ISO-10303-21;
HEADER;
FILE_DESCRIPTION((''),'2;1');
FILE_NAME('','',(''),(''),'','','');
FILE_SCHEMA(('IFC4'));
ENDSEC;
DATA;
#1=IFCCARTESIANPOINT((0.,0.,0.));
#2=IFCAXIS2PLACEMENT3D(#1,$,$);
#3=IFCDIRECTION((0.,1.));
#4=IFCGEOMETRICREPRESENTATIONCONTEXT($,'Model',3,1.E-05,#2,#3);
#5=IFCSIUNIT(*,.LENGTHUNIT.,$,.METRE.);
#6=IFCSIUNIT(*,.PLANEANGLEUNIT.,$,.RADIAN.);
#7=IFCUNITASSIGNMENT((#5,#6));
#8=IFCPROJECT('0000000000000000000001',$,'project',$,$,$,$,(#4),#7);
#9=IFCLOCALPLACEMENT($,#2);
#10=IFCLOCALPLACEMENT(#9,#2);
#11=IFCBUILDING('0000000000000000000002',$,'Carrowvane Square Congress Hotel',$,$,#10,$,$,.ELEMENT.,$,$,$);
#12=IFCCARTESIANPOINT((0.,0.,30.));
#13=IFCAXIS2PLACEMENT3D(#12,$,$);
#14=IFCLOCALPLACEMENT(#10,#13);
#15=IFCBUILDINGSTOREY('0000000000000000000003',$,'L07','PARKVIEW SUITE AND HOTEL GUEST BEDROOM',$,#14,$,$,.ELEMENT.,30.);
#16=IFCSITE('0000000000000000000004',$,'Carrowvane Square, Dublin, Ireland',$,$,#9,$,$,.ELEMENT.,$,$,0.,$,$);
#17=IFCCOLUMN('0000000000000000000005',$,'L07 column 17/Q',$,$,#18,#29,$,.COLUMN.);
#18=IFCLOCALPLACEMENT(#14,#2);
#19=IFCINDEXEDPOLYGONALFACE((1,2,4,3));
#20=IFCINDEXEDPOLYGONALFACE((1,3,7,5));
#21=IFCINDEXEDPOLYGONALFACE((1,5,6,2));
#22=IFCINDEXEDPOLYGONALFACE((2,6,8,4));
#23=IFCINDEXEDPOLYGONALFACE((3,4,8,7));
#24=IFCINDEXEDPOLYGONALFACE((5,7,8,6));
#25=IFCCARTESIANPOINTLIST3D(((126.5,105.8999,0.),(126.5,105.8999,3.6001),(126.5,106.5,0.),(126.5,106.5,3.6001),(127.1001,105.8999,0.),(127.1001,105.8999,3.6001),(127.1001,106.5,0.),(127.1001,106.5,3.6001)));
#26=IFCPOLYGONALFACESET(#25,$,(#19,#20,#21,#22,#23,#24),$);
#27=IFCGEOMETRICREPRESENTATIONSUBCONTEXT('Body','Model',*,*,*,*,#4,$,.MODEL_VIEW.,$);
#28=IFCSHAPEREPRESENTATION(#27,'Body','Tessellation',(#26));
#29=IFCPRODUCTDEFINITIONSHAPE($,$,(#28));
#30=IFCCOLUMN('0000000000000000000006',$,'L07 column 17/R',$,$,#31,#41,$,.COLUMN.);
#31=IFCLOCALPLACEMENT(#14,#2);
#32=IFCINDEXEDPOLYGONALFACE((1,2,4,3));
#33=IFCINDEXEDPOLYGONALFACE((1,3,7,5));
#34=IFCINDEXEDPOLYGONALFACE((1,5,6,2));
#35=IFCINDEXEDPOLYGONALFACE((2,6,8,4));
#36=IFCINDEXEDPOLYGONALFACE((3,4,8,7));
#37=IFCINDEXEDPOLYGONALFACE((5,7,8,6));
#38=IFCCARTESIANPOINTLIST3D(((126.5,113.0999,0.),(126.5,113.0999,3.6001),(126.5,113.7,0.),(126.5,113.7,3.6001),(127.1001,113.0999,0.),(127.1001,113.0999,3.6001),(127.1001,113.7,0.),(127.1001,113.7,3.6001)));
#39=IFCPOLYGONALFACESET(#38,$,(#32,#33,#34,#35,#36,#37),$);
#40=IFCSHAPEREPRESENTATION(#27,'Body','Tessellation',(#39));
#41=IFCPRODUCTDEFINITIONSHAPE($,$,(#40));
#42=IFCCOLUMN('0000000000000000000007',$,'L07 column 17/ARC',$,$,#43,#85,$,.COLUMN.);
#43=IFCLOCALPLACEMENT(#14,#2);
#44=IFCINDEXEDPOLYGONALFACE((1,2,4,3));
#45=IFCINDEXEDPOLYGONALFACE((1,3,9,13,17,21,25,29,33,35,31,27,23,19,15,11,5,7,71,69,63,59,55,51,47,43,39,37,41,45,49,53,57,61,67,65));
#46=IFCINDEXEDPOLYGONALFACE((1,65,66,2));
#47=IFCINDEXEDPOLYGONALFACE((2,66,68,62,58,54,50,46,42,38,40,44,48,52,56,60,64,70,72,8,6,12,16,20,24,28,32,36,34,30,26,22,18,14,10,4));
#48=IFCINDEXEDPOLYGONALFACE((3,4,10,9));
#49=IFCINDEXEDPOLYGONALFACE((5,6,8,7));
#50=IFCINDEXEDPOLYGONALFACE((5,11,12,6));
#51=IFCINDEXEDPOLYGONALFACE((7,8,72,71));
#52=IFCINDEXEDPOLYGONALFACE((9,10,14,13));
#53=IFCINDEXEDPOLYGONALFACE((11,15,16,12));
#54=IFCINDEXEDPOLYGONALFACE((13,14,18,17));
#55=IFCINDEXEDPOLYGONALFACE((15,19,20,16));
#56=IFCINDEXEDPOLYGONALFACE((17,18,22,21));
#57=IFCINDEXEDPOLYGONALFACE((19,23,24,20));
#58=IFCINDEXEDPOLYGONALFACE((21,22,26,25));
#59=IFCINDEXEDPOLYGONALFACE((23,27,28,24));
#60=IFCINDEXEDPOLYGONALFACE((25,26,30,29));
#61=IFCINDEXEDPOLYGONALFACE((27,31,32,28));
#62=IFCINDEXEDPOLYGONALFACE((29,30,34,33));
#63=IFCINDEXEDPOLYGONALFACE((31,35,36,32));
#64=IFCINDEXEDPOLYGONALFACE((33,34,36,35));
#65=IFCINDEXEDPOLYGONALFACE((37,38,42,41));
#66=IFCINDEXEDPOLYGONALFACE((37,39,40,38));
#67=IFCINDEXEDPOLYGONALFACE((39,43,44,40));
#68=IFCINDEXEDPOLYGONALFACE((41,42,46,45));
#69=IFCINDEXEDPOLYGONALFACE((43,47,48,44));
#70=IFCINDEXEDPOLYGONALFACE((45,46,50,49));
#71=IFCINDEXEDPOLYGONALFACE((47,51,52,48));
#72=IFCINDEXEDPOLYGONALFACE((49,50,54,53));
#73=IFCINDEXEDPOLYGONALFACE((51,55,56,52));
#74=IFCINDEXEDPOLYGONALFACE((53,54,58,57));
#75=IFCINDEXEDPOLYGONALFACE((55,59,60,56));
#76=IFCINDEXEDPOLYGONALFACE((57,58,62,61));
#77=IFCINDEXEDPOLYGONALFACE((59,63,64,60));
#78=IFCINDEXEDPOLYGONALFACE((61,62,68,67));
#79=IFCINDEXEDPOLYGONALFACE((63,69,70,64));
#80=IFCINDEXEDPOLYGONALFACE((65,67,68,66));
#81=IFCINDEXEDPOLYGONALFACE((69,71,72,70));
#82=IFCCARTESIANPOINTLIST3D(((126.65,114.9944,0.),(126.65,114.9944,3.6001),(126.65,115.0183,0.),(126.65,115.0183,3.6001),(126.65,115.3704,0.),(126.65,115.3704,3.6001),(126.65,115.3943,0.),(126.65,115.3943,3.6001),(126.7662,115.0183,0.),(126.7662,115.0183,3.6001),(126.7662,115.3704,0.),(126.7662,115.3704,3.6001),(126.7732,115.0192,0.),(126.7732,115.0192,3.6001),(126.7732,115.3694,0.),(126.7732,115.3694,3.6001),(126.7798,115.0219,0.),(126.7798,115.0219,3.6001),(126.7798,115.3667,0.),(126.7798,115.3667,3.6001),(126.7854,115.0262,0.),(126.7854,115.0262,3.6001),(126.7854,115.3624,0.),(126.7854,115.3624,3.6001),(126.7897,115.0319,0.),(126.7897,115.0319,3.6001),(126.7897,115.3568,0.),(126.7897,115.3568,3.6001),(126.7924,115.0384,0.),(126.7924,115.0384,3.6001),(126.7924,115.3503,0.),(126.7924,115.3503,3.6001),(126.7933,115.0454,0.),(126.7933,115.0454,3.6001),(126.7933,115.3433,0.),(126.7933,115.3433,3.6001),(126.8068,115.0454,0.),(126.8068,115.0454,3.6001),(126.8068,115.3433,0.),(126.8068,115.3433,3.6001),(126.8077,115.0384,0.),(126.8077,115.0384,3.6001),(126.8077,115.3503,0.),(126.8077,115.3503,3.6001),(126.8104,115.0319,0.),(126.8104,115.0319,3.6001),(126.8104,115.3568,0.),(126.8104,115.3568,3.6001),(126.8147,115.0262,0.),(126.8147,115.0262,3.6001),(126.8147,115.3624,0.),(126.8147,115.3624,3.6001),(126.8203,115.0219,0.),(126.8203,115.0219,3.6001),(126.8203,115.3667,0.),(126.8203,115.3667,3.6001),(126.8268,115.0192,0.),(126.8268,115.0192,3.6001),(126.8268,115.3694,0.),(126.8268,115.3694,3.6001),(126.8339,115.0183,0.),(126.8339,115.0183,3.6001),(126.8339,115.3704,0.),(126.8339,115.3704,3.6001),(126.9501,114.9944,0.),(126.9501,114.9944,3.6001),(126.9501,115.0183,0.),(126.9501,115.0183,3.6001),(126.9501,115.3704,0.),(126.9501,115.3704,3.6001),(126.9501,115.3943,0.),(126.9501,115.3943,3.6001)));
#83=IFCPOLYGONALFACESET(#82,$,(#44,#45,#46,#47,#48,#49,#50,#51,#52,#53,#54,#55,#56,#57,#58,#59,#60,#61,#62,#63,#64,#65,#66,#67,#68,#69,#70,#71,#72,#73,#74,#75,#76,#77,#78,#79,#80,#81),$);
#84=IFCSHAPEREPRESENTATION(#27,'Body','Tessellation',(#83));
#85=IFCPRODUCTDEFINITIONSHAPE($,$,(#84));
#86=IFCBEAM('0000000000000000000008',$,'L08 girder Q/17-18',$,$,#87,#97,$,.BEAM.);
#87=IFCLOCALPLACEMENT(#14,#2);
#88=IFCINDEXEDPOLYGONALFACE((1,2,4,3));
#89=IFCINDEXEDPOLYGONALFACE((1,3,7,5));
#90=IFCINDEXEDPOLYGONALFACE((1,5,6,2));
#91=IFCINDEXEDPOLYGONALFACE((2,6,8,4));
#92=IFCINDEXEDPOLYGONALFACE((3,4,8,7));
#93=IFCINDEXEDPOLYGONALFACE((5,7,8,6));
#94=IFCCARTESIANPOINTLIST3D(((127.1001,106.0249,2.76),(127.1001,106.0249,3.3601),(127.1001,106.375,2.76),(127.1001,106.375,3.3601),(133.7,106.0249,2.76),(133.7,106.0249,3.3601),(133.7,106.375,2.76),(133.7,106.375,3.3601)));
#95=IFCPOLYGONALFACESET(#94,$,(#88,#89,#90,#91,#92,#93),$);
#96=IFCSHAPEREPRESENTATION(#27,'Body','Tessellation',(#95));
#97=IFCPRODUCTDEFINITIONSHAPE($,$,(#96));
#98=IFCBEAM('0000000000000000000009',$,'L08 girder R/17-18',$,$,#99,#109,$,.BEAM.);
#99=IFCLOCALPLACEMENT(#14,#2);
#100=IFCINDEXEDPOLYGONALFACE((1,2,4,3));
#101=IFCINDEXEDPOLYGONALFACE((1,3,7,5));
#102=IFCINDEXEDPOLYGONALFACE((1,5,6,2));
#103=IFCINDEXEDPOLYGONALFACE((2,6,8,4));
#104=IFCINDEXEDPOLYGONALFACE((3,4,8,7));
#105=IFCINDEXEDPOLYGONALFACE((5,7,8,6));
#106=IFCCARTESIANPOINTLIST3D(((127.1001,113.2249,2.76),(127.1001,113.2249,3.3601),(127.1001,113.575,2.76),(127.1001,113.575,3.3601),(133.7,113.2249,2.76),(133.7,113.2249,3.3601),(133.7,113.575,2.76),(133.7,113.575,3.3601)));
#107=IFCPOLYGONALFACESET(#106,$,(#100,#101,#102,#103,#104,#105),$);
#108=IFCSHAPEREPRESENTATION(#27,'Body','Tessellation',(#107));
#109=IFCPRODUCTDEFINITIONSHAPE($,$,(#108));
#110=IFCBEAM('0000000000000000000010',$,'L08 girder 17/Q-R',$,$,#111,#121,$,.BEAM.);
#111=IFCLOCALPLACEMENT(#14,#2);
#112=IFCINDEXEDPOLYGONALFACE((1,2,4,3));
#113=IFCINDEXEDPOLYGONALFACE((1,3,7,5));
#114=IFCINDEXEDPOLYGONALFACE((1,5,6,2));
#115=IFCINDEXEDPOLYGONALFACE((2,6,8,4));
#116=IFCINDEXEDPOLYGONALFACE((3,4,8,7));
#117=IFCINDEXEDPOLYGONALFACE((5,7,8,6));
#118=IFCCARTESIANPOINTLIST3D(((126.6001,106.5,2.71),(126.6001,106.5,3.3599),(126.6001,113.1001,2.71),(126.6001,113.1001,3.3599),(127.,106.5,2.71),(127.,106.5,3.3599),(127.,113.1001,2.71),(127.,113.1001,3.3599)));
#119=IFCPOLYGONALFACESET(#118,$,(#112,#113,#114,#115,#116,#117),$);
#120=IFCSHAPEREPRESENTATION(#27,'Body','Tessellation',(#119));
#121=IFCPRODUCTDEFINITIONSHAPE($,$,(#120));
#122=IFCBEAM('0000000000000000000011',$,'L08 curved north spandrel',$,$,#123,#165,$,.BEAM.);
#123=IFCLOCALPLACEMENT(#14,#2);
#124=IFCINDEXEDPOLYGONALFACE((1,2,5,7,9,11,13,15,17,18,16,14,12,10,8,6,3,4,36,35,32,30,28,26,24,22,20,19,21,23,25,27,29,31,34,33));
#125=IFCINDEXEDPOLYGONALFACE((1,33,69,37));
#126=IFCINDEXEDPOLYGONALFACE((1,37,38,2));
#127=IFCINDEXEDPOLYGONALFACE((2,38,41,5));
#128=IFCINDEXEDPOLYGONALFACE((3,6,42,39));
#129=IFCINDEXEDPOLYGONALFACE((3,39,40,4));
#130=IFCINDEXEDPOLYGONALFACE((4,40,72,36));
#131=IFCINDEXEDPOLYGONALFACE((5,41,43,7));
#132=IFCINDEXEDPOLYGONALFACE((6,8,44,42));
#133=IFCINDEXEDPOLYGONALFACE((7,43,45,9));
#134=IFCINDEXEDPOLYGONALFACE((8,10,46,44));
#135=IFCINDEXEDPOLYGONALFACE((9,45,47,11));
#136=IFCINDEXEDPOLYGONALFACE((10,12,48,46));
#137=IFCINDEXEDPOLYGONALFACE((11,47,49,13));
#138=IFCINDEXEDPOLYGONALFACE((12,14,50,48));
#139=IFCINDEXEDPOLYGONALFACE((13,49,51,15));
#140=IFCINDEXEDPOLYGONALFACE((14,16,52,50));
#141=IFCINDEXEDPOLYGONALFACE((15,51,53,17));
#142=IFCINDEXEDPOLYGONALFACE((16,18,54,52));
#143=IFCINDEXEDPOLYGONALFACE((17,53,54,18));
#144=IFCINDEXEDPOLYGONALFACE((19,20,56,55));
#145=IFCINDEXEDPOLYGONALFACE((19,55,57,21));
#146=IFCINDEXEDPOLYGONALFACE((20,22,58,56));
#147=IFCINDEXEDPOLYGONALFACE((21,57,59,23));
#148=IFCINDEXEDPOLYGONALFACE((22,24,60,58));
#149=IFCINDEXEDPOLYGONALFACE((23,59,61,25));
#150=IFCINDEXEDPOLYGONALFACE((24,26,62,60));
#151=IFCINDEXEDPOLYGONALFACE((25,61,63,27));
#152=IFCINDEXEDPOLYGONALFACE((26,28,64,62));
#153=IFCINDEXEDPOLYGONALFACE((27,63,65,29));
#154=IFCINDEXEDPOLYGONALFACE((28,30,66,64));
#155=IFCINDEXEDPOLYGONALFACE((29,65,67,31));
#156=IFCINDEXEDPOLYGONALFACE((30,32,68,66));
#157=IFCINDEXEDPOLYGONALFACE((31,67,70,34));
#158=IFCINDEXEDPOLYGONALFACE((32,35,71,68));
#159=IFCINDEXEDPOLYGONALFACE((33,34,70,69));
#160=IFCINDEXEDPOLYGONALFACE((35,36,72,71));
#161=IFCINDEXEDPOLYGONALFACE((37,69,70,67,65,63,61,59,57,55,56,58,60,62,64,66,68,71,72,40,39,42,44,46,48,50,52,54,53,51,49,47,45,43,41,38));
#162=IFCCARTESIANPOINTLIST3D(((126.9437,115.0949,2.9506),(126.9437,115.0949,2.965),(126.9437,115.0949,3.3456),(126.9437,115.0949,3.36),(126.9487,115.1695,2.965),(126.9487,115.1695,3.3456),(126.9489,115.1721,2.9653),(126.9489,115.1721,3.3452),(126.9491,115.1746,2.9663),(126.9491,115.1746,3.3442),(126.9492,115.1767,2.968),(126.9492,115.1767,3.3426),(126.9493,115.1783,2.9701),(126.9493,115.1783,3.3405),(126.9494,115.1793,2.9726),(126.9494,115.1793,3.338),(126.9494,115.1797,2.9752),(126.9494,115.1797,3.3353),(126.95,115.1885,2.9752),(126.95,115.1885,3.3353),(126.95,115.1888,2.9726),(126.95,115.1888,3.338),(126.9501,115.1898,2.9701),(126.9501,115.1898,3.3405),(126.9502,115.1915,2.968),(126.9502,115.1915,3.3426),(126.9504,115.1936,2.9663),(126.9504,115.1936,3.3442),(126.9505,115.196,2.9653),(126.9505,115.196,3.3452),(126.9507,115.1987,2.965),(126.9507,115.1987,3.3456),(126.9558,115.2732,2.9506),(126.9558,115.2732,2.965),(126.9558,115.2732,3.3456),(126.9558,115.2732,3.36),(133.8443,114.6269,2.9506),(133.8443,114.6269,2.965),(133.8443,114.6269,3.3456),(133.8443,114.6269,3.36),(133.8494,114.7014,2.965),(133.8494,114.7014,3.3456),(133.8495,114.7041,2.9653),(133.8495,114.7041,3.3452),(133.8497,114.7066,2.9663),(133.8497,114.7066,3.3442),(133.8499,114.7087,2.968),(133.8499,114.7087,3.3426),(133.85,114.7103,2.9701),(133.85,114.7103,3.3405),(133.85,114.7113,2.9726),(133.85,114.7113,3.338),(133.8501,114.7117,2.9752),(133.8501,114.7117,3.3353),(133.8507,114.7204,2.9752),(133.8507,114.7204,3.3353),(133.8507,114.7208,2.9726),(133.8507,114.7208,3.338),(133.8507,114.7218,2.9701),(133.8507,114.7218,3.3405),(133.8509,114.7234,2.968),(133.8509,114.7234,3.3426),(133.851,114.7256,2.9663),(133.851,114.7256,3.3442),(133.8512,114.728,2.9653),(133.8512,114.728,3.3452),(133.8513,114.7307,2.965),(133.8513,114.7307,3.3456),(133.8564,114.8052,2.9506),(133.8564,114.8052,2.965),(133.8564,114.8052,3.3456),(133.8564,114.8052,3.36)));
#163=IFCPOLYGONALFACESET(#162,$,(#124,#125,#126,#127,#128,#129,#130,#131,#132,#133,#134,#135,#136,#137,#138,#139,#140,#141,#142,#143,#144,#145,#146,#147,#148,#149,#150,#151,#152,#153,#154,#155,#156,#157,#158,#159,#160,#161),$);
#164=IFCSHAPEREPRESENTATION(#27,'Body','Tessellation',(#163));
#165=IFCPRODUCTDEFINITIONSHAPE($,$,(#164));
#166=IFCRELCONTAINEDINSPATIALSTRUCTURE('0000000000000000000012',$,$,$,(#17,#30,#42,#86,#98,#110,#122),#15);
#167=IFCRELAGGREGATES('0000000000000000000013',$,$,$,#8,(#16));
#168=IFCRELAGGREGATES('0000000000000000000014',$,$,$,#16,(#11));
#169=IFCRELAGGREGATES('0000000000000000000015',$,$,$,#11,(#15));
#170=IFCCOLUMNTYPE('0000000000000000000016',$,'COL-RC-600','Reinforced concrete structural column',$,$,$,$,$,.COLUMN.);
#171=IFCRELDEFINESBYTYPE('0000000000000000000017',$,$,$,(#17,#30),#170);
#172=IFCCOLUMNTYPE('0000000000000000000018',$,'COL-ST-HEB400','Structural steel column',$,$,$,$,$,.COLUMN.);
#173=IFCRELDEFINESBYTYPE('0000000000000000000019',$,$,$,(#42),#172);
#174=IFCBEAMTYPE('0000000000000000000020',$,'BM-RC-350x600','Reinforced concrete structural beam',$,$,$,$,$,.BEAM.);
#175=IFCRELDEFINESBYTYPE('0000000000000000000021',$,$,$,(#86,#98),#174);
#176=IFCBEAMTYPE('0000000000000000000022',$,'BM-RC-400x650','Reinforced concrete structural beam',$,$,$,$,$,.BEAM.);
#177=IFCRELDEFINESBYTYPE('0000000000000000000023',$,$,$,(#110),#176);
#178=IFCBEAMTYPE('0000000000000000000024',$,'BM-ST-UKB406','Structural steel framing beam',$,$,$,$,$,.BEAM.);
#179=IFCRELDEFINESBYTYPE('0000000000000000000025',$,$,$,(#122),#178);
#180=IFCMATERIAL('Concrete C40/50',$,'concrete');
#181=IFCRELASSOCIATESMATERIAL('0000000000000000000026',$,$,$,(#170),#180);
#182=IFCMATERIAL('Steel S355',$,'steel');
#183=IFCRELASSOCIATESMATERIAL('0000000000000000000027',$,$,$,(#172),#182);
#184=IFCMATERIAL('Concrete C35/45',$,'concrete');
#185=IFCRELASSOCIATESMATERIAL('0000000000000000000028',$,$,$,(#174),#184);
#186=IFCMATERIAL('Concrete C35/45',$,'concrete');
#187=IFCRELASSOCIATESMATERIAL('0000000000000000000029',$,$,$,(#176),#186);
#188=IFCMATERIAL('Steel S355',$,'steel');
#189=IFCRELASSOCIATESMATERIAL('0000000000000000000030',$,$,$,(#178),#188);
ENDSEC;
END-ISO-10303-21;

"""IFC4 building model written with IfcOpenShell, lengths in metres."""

from ifc_helpers import new_model, si_unit, direction, frame, origin, origin_2d, place, context, subcontext, project, spatial, rectangle, i_section, extrude, material, material_profile, profile_set, type_object, element, save


model = new_model("IFC4")

# Units and contexts
model_context = context("Model", 3, precision=1e-05, world=origin(), true_north=direction((0.0, 1.0)))
body_context = subcontext(model_context, "Body", "Model", "MODEL_VIEW")
ifc_project = project(units=[si_unit("LENGTHUNIT", "METRE"), si_unit("PLANEANGLEUNIT", "RADIAN")], contexts=[model_context])

# Site, building, storey
site_placement = place(None, origin())
site = spatial("IfcSite", under=ifc_project, at=site_placement, Name="Carrowvane Square, Dublin, Ireland", CompositionType="ELEMENT", RefElevation=0.0)
building_placement = place(site_placement, origin())
building = spatial("IfcBuilding", under=site, at=building_placement, Name="Carrowvane Square Congress Hotel", CompositionType="ELEMENT")
storey_placement = place(building_placement, frame((0.0, 0.0, 30.0)))
storey = spatial("IfcBuildingStorey", under=building, at=storey_placement, Name="L07", Description="PARKVIEW SUITE AND HOTEL GUEST BEDROOM", CompositionType="ELEMENT", Elevation=30.0)

# Columns
ifc_material_1 = material(Name="Concrete C40/50", Category="concrete")
ifc_material_profile_1 = material_profile(ifc_material_1, rectangle(XDim=0.6001, YDim=0.6001, at=origin_2d()), Name="RC 600x600")
ifc_profile_set_1 = profile_set([ifc_material_profile_1], Name="Concrete C40/50")
column_type_1 = type_object("IfcColumnType", Name="COL-RC-600", Description="Reinforced concrete structural column", PredefinedType="COLUMN", material=ifc_profile_set_1)
for number, where, z_axis, x_axis, name in (
    (1, (126.8, 106.2, 0.0), (0.0, 0.0, 1.0), (1.0, 0.0, 0.0), "L07 column 17/Q"),
    (2, (126.8, 113.3999, 0.0), (0.0, 0.0, 1.0), (1.0, 0.0, 0.0), "L07 column 17/R"),
):
    element("IfcColumn", number, at=place(storey_placement, frame(where, z_axis=z_axis, x_axis=x_axis)), inside=storey, type_object=column_type_1, Name=name, PredefinedType="COLUMN", context=body_context, shape_type="SweptSolid", body=[
        extrude(rectangle(XDim=0.6001, YDim=0.6001, at=origin_2d()), origin(), (0.0, 0.0, 1.0), 3.6001),
    ])
ifc_material_2 = material(Name="Steel S355", Category="steel")
ifc_material_profile_2 = material_profile(ifc_material_2, i_section(OverallWidth=0.3, OverallDepth=0.3999, WebThickness=0.0134, FlangeThickness=0.0239, FilletRadius=0.0271, at=origin_2d()), Name="HEB 400")
ifc_profile_set_2 = profile_set([ifc_material_profile_2], Name="Steel S355")
column_type_2 = type_object("IfcColumnType", Name="COL-ST-HEB400", Description="Structural steel column", PredefinedType="COLUMN", material=ifc_profile_set_2)
column_placement = place(storey_placement, frame((126.8, 115.1943, 0.0), z_axis=(0.0, 0.0, 1.0), x_axis=(1.0, 0.0, 0.0)))
element("IfcColumn", 3, at=column_placement, inside=storey, type_object=column_type_2, Name="L07 column 17/ARC", PredefinedType="COLUMN", context=body_context, shape_type="SweptSolid", body=[
    extrude(i_section(OverallWidth=0.3, OverallDepth=0.3999, WebThickness=0.0134, FlangeThickness=0.0239, FilletRadius=0.0271, at=origin_2d()), origin(), (0.0, 0.0, 1.0), 3.6001),
])

# Beams
ifc_material_3 = material(Name="Concrete C35/45", Category="concrete")
ifc_material_profile_3 = material_profile(ifc_material_3, rectangle(XDim=0.3501, YDim=0.6001, at=origin_2d()), Name="RC 350x600")
ifc_profile_set_3 = profile_set([ifc_material_profile_3], Name="Concrete C35/45")
beam_type_1 = type_object("IfcBeamType", Name="BM-RC-350x600", Description="Reinforced concrete structural beam", PredefinedType="BEAM", material=ifc_profile_set_3)
for number, where, z_axis, x_axis, name in (
    (4, (127.1001, 106.2, 3.0601), (1.0, 0.0, 0.0), (0.0, 1.0, 0.0), "L08 girder Q/17-18"),
    (5, (127.1001, 113.3999, 3.0601), (1.0, 0.0, 0.0), (0.0, 1.0, 0.0), "L08 girder R/17-18"),
):
    element("IfcBeam", number, at=place(storey_placement, frame(where, z_axis=z_axis, x_axis=x_axis)), inside=storey, type_object=beam_type_1, Name=name, PredefinedType="BEAM", context=body_context, shape_type="SweptSolid", body=[
        extrude(rectangle(XDim=0.3501, YDim=0.6001, at=origin_2d()), origin(), (0.0, 0.0, 1.0), 6.5999),
    ])
ifc_material_4 = material(Name="Concrete C35/45", Category="concrete")
ifc_material_profile_4 = material_profile(ifc_material_4, rectangle(XDim=0.3999, YDim=0.6499, at=origin_2d()), Name="RC 400x650")
ifc_profile_set_4 = profile_set([ifc_material_profile_4], Name="Concrete C35/45")
beam_type_2 = type_object("IfcBeamType", Name="BM-RC-400x650", Description="Reinforced concrete structural beam", PredefinedType="BEAM", material=ifc_profile_set_4)
beam_1_placement = place(storey_placement, frame((126.8, 106.5, 3.0349), z_axis=(0.0, 1.0, 0.0), x_axis=(-1.0, 0.0, 0.0)))
element("IfcBeam", 6, at=beam_1_placement, inside=storey, type_object=beam_type_2, Name="L08 girder 17/Q-R", PredefinedType="BEAM", context=body_context, shape_type="SweptSolid", body=[
    extrude(rectangle(XDim=0.3999, YDim=0.6499, at=origin_2d()), origin(), (0.0, 0.0, 1.0), 6.6001),
])
ifc_material_5 = material(Name="Steel S355", Category="steel")
ifc_material_profile_5 = material_profile(ifc_material_5, i_section(OverallWidth=0.1787, OverallDepth=0.4094, WebThickness=0.0088, FlangeThickness=0.0144, FilletRadius=0.0103, at=origin_2d()), Name="UKB 406x178x67")
ifc_profile_set_5 = profile_set([ifc_material_profile_5], Name="Steel S355")
beam_type_3 = type_object("IfcBeamType", Name="BM-ST-UKB406", Description="Structural steel framing beam", PredefinedType="BEAM", material=ifc_profile_set_5)
beam_2_placement = place(storey_placement, frame((126.9497, 115.1841, 3.1553), z_axis=(0.997708, -0.067667, 0.0), x_axis=(0.067667, 0.997708, 0.0)))
element("IfcBeam", 7, at=beam_2_placement, inside=storey, type_object=beam_type_3, Name="L08 curved north spandrel", PredefinedType="BEAM", context=body_context, shape_type="SweptSolid", body=[
    extrude(i_section(OverallWidth=0.1787, OverallDepth=0.4094, WebThickness=0.0088, FlangeThickness=0.0144, FilletRadius=0.0103, at=origin_2d()), origin(), (0.0, 0.0, 1.0), 6.9165),
])

save(model, "model.ifc")
